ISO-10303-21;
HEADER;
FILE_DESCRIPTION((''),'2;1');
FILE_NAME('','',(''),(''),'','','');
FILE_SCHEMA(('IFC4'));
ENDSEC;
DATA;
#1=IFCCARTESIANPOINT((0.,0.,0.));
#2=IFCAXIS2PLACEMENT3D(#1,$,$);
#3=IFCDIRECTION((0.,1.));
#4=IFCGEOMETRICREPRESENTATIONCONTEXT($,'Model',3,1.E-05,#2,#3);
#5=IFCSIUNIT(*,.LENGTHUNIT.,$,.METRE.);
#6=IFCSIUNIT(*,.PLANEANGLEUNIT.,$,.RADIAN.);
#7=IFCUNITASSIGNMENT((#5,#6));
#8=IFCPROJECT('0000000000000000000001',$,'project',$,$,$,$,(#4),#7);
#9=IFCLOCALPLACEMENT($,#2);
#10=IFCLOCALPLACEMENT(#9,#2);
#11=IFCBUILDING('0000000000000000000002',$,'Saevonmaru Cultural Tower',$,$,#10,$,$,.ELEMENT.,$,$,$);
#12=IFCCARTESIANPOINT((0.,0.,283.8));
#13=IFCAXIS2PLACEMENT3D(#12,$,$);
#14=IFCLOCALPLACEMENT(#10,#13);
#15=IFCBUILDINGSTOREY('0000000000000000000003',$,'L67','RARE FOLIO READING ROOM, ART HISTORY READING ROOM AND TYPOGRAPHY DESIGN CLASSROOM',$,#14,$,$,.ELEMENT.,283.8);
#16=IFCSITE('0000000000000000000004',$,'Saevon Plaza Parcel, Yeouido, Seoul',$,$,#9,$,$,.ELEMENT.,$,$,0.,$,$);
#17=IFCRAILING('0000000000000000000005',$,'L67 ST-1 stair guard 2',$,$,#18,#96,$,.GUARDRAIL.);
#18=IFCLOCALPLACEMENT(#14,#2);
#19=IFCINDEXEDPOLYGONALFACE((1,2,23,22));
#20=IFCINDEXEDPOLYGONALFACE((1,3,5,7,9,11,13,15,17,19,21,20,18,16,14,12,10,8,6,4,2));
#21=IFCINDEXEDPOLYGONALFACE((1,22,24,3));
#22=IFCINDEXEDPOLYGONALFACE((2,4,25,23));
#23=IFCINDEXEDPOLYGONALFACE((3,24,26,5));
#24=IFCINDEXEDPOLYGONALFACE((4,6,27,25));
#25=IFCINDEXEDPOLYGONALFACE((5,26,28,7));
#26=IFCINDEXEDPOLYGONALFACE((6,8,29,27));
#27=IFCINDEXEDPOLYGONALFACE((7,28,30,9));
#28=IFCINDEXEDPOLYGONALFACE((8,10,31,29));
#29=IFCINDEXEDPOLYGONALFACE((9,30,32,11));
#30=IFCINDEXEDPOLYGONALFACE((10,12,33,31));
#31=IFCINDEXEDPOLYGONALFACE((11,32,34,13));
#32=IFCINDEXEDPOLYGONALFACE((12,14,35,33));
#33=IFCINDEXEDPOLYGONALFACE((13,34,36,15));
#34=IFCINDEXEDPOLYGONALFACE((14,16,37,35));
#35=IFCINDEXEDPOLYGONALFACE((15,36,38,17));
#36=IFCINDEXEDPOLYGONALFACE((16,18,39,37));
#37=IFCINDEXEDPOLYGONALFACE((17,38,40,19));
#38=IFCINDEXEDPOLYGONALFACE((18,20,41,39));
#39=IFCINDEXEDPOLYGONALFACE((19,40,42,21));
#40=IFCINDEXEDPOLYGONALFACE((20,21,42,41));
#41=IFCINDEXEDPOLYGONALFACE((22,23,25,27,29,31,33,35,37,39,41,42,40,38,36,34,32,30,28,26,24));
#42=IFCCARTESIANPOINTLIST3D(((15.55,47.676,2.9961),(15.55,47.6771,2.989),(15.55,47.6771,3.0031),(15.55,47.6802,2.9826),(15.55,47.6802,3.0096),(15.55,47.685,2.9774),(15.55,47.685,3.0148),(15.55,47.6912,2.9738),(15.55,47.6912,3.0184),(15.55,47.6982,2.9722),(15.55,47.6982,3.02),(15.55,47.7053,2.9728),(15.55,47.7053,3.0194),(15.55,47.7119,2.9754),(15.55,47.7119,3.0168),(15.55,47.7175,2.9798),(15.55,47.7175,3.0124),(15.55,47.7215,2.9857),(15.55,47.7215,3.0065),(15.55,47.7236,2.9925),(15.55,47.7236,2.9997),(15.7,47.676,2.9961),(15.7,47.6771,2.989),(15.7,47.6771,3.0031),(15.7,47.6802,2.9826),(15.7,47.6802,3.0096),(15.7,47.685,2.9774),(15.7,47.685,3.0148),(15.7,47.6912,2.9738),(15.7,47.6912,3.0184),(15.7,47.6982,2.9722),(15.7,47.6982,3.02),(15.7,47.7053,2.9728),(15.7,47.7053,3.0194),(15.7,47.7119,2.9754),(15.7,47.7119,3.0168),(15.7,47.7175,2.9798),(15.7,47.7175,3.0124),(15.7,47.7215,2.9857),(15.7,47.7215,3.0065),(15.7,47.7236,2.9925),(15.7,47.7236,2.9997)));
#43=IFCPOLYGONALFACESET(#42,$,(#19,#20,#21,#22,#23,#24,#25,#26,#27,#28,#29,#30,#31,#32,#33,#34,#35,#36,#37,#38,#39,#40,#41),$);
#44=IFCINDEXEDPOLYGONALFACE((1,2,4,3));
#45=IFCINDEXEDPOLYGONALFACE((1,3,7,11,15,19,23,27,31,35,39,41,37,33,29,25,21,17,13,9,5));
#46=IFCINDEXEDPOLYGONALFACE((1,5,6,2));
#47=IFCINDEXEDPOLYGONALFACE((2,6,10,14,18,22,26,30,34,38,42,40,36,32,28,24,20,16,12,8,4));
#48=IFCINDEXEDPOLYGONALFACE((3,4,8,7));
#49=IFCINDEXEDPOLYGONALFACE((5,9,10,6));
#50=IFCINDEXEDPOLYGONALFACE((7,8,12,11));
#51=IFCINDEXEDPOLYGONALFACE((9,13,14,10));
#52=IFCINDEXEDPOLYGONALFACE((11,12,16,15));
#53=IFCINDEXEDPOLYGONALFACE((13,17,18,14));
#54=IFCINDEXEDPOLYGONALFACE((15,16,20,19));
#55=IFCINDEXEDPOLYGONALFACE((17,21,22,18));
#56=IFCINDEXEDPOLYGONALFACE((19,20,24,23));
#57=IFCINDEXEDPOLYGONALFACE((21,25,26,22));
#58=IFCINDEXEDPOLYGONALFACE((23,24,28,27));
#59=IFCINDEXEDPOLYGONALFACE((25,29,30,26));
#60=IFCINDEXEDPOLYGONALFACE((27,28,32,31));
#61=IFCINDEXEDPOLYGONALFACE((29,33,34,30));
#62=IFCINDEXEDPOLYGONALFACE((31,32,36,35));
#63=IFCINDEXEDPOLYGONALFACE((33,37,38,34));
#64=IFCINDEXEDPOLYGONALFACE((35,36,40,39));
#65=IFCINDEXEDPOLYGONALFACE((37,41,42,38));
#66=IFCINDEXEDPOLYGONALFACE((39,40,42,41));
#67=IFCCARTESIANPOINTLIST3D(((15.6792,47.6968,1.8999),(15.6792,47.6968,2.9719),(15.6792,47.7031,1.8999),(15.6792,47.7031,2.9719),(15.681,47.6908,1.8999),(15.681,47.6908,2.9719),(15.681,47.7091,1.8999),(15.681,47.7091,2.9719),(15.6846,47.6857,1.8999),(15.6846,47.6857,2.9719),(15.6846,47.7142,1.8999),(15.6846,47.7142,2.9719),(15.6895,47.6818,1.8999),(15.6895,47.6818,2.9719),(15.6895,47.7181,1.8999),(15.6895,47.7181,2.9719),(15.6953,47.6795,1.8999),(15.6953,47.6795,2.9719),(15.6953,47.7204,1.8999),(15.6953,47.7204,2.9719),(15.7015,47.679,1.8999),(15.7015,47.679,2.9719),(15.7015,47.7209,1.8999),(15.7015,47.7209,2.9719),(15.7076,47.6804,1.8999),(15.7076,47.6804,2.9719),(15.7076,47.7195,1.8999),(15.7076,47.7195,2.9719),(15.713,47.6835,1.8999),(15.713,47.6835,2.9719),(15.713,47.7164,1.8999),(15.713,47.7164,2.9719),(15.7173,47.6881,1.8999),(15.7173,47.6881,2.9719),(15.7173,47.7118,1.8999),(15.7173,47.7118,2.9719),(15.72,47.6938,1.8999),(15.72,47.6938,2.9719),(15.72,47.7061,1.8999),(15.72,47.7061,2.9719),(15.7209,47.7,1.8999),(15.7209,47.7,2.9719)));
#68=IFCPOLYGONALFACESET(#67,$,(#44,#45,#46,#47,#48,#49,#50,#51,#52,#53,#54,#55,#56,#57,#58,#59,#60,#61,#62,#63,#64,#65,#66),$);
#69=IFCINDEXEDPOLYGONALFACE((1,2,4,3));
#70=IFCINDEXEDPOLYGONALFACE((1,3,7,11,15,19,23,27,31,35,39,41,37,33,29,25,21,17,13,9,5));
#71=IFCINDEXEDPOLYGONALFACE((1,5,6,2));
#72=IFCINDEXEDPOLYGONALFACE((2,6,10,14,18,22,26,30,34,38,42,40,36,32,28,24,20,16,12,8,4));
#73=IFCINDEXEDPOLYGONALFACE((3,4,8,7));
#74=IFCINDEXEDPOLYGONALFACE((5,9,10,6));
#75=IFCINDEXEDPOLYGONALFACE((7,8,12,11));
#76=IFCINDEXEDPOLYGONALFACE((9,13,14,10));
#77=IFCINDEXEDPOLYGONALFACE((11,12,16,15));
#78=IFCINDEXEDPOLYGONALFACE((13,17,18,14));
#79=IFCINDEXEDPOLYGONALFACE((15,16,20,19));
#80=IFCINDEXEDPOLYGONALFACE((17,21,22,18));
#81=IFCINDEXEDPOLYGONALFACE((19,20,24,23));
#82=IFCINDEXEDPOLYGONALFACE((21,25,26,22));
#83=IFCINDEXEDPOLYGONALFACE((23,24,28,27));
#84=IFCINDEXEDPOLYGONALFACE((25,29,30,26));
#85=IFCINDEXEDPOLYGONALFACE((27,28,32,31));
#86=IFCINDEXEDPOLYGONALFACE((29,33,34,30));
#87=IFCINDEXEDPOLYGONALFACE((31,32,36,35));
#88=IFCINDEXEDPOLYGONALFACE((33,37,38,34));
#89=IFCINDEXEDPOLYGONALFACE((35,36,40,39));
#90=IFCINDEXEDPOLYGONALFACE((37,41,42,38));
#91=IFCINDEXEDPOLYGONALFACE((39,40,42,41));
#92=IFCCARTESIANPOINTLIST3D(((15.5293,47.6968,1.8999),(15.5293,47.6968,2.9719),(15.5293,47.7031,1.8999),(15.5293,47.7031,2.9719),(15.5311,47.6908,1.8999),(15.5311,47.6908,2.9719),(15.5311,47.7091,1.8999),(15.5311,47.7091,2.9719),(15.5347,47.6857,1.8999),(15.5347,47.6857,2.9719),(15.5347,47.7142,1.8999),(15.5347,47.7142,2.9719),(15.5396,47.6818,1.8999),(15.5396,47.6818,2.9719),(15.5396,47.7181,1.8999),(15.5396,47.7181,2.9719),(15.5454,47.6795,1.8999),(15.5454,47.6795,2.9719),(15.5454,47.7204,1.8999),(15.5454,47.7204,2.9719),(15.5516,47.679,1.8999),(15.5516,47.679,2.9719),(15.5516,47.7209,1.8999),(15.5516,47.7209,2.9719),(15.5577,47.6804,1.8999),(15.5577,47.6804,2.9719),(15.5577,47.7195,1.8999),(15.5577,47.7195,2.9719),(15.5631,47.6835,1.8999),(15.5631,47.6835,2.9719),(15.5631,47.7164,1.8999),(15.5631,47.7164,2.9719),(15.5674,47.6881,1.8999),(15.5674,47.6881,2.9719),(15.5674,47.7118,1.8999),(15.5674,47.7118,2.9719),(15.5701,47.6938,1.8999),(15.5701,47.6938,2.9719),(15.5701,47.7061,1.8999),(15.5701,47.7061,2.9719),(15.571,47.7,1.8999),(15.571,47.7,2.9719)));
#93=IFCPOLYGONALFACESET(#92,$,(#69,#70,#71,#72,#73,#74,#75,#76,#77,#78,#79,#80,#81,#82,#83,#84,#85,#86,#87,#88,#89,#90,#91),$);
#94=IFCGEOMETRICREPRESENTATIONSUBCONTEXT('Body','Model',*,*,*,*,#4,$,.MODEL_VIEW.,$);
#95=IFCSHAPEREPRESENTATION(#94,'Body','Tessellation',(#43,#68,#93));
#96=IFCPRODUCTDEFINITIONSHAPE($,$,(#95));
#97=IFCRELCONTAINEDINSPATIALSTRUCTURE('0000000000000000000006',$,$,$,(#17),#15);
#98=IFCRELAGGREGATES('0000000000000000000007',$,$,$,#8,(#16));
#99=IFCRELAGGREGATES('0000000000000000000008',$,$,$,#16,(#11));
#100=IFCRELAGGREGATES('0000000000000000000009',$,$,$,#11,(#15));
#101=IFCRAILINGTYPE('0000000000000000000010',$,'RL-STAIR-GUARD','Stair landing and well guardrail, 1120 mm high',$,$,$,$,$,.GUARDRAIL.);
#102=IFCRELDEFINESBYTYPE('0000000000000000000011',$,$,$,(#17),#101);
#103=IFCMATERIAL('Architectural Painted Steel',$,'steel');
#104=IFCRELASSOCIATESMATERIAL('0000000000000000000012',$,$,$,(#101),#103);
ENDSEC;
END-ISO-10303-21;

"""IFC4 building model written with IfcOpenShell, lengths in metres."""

from ifc_helpers import new_model, si_unit, direction, frame, origin, origin_2d, place, context, subcontext, project, spatial, circle, extrude, material, type_object, element, save


model = new_model("IFC4")

# Units and contexts
model_context = context("Model", 3, precision=1e-05, world=origin(), true_north=direction((0.0, 1.0)))
body_context = subcontext(model_context, "Body", "Model", "MODEL_VIEW")
ifc_project = project(units=[si_unit("LENGTHUNIT", "METRE"), si_unit("PLANEANGLEUNIT", "RADIAN")], contexts=[model_context])

# Site, building, storey
site_placement = place(None, origin())
site = spatial("IfcSite", under=ifc_project, at=site_placement, Name="Saevon Plaza Parcel, Yeouido, Seoul", CompositionType="ELEMENT", RefElevation=0.0)
building_placement = place(site_placement, origin())
building = spatial("IfcBuilding", under=site, at=building_placement, Name="Saevonmaru Cultural Tower", CompositionType="ELEMENT")
storey_placement = place(building_placement, frame((0.0, 0.0, 283.8)))
storey = spatial("IfcBuildingStorey", under=building, at=storey_placement, Name="L67", Description="RARE FOLIO READING ROOM, ART HISTORY READING ROOM AND TYPOGRAPHY DESIGN CLASSROOM", CompositionType="ELEMENT", Elevation=283.8)

# Railing
ifc_material_1 = material(Name="Architectural Painted Steel", Category="steel")
railing_type_1 = type_object("IfcRailingType", Name="RL-STAIR-GUARD", Description="Stair landing and well guardrail, 1120 mm high", PredefinedType="GUARDRAIL", material=ifc_material_1)
railing_1_placement = place(storey_placement, frame((15.7, 47.7, 1.8999)))
element("IfcRailing", 1, at=railing_1_placement, inside=storey, type_object=railing_type_1, Name="L67 ST-1 stair guard 2", PredefinedType="GUARDRAIL", context=body_context, shape_type="SweptSolid", body=[
    extrude(circle(Radius=0.0239, at=origin_2d()), frame((0.0, 0.0, 1.0962), z_axis=(-1.0, 0.0, 0.0), x_axis=(0.0, -1.0, 0.0)), (0.0, 0.0, 1.0), 0.1499),
    extrude(circle(Radius=0.021, at=origin_2d()), origin(), (0.0, 0.0, 1.0), 1.072),
    extrude(circle(Radius=0.021, at=origin_2d()), frame((-0.1499, 0.0, 0.0)), (0.0, 0.0, 1.0), 1.072),
])

save(model, "model.ifc")
